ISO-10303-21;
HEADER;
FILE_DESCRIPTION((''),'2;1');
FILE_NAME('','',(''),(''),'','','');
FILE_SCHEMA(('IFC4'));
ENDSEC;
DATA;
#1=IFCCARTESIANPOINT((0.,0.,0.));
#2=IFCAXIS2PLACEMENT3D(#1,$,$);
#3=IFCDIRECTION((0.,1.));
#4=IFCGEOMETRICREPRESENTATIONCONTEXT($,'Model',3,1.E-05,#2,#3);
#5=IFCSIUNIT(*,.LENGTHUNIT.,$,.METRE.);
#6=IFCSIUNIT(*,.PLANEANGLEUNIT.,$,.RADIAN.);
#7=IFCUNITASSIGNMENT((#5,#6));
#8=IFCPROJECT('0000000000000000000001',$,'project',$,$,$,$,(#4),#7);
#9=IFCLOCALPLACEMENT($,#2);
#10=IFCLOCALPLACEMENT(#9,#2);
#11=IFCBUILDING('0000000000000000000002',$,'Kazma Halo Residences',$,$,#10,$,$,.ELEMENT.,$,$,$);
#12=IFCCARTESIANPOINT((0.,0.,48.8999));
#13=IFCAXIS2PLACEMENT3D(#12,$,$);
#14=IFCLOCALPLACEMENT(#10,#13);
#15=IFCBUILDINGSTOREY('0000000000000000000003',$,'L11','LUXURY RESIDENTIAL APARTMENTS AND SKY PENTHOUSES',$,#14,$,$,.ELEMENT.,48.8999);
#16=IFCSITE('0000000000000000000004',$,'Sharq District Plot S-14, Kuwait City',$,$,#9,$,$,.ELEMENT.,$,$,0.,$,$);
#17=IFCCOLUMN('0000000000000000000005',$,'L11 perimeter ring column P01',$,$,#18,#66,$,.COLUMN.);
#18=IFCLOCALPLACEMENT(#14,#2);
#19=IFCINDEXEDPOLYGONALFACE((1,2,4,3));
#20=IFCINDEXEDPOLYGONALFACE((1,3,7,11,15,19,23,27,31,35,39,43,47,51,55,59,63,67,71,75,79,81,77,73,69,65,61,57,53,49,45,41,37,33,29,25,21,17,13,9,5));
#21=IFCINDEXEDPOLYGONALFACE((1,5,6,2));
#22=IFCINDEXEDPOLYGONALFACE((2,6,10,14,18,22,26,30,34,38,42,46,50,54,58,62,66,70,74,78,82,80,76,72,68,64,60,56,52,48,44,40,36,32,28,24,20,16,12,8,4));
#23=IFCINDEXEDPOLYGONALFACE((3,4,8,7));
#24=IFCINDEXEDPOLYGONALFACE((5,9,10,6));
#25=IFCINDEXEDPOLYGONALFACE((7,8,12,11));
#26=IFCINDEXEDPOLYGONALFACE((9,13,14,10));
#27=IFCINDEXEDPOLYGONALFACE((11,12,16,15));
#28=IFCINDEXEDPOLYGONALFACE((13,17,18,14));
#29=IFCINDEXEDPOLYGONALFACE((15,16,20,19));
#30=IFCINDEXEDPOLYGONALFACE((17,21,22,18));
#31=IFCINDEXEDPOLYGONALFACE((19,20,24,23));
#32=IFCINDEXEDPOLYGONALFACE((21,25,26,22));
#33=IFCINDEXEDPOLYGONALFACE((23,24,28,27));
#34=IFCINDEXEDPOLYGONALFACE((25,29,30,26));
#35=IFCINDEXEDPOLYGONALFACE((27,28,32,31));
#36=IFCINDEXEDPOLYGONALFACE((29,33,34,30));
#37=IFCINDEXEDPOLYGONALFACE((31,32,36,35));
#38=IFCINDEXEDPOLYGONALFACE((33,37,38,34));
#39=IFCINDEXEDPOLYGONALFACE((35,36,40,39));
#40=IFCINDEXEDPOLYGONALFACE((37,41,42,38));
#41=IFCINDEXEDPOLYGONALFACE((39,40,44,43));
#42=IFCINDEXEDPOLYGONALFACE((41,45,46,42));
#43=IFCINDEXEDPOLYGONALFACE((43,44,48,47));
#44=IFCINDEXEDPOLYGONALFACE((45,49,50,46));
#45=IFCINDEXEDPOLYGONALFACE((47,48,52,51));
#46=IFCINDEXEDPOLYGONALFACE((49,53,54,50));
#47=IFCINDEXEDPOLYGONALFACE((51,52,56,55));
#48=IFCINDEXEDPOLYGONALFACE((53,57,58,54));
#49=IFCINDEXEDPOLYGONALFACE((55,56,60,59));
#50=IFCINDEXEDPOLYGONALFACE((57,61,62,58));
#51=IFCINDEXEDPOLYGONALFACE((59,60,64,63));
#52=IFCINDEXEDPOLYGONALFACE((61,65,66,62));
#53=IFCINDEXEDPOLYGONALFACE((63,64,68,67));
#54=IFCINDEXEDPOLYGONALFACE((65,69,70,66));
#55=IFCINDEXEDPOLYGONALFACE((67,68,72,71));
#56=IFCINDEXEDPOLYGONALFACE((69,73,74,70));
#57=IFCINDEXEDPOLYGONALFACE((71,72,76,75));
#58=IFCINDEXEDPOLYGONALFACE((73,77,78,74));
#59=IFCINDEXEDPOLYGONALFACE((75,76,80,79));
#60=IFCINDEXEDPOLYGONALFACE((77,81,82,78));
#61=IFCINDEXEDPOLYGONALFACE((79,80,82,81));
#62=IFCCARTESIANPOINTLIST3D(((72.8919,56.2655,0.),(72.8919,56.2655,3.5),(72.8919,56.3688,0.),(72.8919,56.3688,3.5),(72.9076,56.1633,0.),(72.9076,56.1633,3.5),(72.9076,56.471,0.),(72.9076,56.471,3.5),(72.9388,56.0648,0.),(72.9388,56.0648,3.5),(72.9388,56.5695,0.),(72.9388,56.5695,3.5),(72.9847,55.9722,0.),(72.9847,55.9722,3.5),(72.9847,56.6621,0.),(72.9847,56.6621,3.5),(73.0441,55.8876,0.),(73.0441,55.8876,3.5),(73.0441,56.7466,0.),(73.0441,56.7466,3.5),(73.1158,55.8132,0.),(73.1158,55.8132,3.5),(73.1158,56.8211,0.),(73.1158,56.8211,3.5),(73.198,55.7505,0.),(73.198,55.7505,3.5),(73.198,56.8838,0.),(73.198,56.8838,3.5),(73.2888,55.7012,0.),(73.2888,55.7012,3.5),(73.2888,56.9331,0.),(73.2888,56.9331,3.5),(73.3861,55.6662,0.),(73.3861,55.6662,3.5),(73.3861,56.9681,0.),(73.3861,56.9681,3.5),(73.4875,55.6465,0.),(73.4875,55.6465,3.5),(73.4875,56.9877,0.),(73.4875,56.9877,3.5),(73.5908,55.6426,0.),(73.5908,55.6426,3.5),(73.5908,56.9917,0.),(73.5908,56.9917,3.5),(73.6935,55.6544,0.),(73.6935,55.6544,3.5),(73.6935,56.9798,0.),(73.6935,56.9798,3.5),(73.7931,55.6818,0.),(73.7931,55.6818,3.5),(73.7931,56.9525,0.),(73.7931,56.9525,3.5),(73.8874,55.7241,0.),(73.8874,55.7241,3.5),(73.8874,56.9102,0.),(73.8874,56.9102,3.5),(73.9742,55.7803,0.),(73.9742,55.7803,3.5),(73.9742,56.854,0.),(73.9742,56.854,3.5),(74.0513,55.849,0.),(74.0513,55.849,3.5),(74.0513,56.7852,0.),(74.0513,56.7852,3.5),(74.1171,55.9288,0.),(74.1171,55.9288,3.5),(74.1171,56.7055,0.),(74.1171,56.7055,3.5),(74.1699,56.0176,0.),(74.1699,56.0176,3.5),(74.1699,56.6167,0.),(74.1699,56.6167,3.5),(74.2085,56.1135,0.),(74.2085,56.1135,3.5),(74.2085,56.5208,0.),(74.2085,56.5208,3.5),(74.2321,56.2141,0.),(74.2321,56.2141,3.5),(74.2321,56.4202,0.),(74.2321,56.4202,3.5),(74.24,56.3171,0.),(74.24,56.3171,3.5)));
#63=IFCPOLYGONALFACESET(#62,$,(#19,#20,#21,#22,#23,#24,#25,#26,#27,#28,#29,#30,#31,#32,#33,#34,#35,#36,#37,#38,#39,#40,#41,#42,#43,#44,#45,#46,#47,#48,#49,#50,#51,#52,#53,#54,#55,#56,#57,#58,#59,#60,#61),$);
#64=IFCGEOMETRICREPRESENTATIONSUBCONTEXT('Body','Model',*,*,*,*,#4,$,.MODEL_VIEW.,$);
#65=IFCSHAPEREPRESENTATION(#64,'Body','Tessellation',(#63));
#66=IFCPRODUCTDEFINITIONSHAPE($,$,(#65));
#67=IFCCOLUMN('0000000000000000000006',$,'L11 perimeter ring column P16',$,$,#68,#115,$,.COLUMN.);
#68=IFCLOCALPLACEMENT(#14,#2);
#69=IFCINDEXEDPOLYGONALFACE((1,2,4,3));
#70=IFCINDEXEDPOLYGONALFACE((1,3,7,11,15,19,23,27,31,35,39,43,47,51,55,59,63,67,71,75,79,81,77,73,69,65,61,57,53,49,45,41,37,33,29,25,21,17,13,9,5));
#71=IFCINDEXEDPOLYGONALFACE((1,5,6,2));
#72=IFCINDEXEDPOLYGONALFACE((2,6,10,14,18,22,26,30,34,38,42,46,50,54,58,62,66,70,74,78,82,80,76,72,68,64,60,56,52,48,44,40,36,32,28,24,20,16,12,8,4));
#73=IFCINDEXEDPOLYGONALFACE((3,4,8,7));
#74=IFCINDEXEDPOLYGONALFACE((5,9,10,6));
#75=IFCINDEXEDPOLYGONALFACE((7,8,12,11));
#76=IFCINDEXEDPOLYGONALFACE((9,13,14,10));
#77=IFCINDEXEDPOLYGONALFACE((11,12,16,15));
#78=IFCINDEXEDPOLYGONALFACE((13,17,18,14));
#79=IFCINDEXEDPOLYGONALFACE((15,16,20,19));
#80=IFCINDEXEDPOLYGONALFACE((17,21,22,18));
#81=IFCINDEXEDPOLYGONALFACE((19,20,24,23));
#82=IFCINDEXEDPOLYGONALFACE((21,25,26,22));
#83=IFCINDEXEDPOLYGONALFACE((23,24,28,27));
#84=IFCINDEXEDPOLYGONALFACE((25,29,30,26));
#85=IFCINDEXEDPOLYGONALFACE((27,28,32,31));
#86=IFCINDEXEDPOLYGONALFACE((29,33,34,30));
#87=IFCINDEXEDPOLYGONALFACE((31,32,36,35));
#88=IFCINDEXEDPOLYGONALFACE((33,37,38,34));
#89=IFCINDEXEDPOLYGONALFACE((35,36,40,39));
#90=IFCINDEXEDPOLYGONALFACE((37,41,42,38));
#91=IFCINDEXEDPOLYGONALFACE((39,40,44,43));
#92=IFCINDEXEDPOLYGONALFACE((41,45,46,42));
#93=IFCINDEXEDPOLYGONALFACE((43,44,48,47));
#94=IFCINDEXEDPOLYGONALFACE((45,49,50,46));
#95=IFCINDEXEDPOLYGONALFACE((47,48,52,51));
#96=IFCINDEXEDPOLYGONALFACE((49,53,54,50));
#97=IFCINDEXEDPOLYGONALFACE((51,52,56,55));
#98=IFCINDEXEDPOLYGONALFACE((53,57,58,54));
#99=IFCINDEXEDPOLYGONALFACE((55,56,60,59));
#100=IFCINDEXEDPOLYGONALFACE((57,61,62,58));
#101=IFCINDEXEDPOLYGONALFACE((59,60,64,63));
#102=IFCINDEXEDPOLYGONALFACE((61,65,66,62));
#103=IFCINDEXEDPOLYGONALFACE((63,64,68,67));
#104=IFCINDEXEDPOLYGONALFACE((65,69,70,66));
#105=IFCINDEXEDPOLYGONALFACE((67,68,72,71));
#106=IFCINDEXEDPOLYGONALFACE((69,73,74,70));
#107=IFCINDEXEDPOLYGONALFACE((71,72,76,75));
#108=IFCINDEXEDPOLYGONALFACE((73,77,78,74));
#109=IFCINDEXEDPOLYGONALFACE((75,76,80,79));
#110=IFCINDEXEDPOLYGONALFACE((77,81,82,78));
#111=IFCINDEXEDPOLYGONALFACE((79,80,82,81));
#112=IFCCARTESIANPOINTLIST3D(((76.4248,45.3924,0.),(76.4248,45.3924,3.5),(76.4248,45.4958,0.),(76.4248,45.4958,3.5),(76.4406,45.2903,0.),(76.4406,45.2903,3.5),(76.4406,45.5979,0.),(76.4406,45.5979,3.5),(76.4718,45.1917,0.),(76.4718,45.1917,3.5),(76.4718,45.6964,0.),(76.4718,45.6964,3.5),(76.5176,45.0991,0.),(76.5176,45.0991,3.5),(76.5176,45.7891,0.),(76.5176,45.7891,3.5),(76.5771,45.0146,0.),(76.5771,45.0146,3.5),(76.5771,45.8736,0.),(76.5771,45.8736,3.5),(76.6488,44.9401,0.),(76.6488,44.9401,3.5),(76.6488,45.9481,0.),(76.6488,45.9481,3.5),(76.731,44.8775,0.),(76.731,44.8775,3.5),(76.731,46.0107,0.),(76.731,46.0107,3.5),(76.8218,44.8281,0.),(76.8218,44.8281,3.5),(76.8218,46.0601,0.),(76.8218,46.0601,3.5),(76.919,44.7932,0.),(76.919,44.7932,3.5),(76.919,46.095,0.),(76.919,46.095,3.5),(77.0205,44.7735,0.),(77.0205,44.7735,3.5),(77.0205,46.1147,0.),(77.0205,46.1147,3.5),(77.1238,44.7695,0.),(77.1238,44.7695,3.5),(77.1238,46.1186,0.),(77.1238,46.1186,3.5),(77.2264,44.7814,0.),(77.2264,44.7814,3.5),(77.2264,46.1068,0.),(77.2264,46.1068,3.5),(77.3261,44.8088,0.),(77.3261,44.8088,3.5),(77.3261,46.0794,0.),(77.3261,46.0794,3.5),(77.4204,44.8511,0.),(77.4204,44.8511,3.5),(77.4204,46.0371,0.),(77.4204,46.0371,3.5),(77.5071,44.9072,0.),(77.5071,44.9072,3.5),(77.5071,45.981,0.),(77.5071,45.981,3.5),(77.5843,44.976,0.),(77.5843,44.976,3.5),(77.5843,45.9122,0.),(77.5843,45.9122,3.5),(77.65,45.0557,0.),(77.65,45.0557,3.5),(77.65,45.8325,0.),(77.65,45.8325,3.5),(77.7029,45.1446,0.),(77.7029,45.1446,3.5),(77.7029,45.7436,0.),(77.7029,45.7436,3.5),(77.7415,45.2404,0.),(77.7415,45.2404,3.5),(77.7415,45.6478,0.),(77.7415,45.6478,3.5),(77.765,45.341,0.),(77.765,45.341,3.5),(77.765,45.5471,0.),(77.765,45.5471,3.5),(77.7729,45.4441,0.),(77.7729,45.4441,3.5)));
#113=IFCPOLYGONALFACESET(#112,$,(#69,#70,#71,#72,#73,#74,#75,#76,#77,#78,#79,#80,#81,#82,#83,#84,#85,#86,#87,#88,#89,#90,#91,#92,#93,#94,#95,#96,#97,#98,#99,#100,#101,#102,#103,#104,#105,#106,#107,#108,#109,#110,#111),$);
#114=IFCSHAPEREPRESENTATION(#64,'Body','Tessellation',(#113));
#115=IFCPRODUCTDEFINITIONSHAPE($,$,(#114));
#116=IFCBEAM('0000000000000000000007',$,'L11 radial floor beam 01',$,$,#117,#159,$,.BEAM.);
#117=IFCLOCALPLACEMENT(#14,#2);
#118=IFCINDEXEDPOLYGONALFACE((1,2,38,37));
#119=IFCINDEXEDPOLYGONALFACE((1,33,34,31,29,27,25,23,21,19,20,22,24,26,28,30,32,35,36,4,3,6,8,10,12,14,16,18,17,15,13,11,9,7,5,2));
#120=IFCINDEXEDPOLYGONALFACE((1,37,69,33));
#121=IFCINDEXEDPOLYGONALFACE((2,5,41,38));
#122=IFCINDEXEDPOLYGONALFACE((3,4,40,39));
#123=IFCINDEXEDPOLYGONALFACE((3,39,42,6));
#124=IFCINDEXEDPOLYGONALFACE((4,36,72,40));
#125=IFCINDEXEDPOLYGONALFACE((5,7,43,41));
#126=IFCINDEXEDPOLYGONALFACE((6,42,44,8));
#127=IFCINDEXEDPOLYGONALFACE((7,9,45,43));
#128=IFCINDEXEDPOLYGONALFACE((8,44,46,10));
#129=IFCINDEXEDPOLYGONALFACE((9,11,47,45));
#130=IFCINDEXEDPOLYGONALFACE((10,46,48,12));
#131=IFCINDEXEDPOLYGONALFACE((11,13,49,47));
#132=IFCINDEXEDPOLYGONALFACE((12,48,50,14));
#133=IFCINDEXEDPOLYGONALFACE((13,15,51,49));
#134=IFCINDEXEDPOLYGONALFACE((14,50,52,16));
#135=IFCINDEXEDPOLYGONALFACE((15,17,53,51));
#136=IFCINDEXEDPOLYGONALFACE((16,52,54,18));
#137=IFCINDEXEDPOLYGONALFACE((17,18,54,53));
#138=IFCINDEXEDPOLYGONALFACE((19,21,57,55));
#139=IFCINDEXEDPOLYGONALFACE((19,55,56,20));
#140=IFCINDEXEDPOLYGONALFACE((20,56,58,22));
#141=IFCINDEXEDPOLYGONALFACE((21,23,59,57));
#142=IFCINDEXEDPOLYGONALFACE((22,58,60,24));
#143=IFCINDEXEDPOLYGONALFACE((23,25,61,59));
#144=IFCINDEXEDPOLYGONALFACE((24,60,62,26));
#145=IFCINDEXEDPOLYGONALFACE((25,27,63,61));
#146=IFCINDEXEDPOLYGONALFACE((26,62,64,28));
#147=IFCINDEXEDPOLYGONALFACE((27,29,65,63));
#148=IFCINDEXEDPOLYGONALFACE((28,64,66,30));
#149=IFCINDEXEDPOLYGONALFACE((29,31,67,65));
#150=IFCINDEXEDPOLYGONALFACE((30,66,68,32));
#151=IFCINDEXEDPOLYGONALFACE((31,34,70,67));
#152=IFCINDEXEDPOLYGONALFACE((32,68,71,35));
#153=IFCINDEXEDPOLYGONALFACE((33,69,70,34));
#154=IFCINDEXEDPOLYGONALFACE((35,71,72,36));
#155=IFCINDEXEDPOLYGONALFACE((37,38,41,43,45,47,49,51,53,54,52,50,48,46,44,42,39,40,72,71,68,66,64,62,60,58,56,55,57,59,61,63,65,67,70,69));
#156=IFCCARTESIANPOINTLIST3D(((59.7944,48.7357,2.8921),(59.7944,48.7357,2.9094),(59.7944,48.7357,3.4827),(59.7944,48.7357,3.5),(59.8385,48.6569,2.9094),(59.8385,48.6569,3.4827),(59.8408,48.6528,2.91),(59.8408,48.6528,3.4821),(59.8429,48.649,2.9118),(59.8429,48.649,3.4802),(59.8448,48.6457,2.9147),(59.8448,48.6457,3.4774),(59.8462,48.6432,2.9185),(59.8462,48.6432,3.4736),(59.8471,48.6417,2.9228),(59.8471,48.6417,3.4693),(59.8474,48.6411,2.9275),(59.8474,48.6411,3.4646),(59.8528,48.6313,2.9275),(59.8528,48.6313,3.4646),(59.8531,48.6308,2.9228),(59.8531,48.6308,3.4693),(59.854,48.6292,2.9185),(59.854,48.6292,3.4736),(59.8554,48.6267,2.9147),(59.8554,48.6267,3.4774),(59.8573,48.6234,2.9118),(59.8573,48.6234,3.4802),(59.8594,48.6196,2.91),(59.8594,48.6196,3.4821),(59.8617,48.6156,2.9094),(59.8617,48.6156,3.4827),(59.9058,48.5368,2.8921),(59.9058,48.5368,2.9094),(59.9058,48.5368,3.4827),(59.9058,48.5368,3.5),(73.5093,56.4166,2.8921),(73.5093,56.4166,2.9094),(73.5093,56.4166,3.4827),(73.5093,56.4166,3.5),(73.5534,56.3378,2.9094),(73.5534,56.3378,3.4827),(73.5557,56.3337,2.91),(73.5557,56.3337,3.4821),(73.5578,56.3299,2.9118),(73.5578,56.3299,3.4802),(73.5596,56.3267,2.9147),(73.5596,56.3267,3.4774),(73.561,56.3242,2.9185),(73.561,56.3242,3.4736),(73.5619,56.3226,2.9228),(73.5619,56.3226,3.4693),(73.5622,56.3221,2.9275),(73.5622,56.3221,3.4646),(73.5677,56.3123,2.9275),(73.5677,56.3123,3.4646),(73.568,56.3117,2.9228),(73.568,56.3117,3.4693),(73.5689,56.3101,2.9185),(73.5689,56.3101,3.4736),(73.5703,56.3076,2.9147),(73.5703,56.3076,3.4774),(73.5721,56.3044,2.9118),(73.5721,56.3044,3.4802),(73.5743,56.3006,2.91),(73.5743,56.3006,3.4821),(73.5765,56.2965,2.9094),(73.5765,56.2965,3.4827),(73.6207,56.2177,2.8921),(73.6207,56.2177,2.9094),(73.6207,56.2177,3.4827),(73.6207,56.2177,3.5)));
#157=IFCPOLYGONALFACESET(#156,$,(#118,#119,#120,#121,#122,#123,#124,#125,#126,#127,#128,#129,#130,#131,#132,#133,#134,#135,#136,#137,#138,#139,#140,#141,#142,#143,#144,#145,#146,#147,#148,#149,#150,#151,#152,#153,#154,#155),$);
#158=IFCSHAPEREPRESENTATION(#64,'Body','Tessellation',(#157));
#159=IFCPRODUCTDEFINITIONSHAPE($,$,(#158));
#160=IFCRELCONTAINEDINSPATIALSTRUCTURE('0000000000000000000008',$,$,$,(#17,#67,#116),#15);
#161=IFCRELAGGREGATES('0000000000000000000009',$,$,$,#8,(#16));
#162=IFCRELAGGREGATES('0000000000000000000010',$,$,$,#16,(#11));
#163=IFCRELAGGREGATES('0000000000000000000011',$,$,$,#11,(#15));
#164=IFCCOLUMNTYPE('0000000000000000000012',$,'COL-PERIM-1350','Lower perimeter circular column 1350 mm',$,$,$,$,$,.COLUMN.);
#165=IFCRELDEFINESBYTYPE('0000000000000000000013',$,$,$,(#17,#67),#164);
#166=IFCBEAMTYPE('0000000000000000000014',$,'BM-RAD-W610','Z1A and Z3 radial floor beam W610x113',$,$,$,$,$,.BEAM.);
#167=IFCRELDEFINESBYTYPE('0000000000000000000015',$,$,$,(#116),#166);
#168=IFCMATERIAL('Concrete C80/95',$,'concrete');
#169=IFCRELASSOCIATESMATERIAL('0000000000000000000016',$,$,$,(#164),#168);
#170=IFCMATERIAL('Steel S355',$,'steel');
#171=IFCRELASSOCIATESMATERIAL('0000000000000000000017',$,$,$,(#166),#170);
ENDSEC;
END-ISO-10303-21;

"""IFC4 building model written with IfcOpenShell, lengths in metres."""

from ifc_helpers import new_model, si_unit, direction, frame, origin, origin_2d, place, context, subcontext, project, spatial, circle, i_section, extrude, material, material_profile, profile_set, type_object, element, save


model = new_model("IFC4")

# Units and contexts
model_context = context("Model", 3, precision=1e-05, world=origin(), true_north=direction((0.0, 1.0)))
body_context = subcontext(model_context, "Body", "Model", "MODEL_VIEW")
ifc_project = project(units=[si_unit("LENGTHUNIT", "METRE"), si_unit("PLANEANGLEUNIT", "RADIAN")], contexts=[model_context])

# Site, building, storey
site_placement = place(None, origin())
site = spatial("IfcSite", under=ifc_project, at=site_placement, Name="Sharq District Plot S-14, Kuwait City", CompositionType="ELEMENT", RefElevation=0.0)
building_placement = place(site_placement, origin())
building = spatial("IfcBuilding", under=site, at=building_placement, Name="Kazma Halo Residences", CompositionType="ELEMENT")
storey_placement = place(building_placement, frame((0.0, 0.0, 48.8999)))
storey = spatial("IfcBuildingStorey", under=building, at=storey_placement, Name="L11", Description="LUXURY RESIDENTIAL APARTMENTS AND SKY PENTHOUSES", CompositionType="ELEMENT", Elevation=48.8999)

# Columns
ifc_material_1 = material(Name="Concrete C80/95", Category="concrete")
ifc_material_profile_1 = material_profile(ifc_material_1, circle(Radius=0.675, at=origin_2d()), Name="CIRC1350")
ifc_profile_set_1 = profile_set([ifc_material_profile_1], Name="Concrete C80/95")
column_type = type_object("IfcColumnType", Name="COL-PERIM-1350", Description="Lower perimeter circular column 1350 mm", PredefinedType="COLUMN", material=ifc_profile_set_1)
for number, where, z_axis, x_axis, name in (
    (1, (73.5649, 56.3171, 0.0), (0.0, 0.0, 1.0), (1.0, 0.0, 0.0), "L11 perimeter ring column P01"),
    (2, (77.0979, 45.4441, 0.0), (0.0, 0.0, 1.0), (1.0, 0.0, 0.0), "L11 perimeter ring column P16"),
):
    element("IfcColumn", number, at=place(storey_placement, frame(where, z_axis=z_axis, x_axis=x_axis)), inside=storey, type_object=column_type, Name=name, PredefinedType="COLUMN", context=body_context, shape_type="SweptSolid", body=[
        extrude(circle(Radius=0.675, at=origin_2d()), origin(), (0.0, 0.0, 1.0), 3.5),
    ])

# Beam
ifc_material_2 = material(Name="Steel S355", Category="steel")
ifc_material_profile_2 = material_profile(ifc_material_2, i_section(OverallWidth=0.228, OverallDepth=0.6079, WebThickness=0.0112, FlangeThickness=0.0173, FilletRadius=0.0181, at=origin_2d()), Name="W610x113")
ifc_profile_set_2 = profile_set([ifc_material_profile_2], Name="Steel S355")
beam_type_1 = type_object("IfcBeamType", Name="BM-RAD-W610", Description="Z1A and Z3 radial floor beam W610x113", PredefinedType="BEAM", material=ifc_profile_set_2)
beam_1_placement = place(storey_placement, frame((59.8501, 48.6362, 3.196), z_axis=(0.87249, 0.488632, 0.0), x_axis=(-0.488632, 0.87249, 0.0)))
element("IfcBeam", 3, at=beam_1_placement, inside=storey, type_object=beam_type_1, Name="L11 radial floor beam 01", PredefinedType="BEAM", context=body_context, shape_type="SweptSolid", body=[
    extrude(i_section(OverallWidth=0.228, OverallDepth=0.6079, WebThickness=0.0112, FlangeThickness=0.0173, FilletRadius=0.0181, at=origin_2d()), origin(), (0.0, 0.0, 1.0), 15.7192),
])

save(model, "model.ifc")
